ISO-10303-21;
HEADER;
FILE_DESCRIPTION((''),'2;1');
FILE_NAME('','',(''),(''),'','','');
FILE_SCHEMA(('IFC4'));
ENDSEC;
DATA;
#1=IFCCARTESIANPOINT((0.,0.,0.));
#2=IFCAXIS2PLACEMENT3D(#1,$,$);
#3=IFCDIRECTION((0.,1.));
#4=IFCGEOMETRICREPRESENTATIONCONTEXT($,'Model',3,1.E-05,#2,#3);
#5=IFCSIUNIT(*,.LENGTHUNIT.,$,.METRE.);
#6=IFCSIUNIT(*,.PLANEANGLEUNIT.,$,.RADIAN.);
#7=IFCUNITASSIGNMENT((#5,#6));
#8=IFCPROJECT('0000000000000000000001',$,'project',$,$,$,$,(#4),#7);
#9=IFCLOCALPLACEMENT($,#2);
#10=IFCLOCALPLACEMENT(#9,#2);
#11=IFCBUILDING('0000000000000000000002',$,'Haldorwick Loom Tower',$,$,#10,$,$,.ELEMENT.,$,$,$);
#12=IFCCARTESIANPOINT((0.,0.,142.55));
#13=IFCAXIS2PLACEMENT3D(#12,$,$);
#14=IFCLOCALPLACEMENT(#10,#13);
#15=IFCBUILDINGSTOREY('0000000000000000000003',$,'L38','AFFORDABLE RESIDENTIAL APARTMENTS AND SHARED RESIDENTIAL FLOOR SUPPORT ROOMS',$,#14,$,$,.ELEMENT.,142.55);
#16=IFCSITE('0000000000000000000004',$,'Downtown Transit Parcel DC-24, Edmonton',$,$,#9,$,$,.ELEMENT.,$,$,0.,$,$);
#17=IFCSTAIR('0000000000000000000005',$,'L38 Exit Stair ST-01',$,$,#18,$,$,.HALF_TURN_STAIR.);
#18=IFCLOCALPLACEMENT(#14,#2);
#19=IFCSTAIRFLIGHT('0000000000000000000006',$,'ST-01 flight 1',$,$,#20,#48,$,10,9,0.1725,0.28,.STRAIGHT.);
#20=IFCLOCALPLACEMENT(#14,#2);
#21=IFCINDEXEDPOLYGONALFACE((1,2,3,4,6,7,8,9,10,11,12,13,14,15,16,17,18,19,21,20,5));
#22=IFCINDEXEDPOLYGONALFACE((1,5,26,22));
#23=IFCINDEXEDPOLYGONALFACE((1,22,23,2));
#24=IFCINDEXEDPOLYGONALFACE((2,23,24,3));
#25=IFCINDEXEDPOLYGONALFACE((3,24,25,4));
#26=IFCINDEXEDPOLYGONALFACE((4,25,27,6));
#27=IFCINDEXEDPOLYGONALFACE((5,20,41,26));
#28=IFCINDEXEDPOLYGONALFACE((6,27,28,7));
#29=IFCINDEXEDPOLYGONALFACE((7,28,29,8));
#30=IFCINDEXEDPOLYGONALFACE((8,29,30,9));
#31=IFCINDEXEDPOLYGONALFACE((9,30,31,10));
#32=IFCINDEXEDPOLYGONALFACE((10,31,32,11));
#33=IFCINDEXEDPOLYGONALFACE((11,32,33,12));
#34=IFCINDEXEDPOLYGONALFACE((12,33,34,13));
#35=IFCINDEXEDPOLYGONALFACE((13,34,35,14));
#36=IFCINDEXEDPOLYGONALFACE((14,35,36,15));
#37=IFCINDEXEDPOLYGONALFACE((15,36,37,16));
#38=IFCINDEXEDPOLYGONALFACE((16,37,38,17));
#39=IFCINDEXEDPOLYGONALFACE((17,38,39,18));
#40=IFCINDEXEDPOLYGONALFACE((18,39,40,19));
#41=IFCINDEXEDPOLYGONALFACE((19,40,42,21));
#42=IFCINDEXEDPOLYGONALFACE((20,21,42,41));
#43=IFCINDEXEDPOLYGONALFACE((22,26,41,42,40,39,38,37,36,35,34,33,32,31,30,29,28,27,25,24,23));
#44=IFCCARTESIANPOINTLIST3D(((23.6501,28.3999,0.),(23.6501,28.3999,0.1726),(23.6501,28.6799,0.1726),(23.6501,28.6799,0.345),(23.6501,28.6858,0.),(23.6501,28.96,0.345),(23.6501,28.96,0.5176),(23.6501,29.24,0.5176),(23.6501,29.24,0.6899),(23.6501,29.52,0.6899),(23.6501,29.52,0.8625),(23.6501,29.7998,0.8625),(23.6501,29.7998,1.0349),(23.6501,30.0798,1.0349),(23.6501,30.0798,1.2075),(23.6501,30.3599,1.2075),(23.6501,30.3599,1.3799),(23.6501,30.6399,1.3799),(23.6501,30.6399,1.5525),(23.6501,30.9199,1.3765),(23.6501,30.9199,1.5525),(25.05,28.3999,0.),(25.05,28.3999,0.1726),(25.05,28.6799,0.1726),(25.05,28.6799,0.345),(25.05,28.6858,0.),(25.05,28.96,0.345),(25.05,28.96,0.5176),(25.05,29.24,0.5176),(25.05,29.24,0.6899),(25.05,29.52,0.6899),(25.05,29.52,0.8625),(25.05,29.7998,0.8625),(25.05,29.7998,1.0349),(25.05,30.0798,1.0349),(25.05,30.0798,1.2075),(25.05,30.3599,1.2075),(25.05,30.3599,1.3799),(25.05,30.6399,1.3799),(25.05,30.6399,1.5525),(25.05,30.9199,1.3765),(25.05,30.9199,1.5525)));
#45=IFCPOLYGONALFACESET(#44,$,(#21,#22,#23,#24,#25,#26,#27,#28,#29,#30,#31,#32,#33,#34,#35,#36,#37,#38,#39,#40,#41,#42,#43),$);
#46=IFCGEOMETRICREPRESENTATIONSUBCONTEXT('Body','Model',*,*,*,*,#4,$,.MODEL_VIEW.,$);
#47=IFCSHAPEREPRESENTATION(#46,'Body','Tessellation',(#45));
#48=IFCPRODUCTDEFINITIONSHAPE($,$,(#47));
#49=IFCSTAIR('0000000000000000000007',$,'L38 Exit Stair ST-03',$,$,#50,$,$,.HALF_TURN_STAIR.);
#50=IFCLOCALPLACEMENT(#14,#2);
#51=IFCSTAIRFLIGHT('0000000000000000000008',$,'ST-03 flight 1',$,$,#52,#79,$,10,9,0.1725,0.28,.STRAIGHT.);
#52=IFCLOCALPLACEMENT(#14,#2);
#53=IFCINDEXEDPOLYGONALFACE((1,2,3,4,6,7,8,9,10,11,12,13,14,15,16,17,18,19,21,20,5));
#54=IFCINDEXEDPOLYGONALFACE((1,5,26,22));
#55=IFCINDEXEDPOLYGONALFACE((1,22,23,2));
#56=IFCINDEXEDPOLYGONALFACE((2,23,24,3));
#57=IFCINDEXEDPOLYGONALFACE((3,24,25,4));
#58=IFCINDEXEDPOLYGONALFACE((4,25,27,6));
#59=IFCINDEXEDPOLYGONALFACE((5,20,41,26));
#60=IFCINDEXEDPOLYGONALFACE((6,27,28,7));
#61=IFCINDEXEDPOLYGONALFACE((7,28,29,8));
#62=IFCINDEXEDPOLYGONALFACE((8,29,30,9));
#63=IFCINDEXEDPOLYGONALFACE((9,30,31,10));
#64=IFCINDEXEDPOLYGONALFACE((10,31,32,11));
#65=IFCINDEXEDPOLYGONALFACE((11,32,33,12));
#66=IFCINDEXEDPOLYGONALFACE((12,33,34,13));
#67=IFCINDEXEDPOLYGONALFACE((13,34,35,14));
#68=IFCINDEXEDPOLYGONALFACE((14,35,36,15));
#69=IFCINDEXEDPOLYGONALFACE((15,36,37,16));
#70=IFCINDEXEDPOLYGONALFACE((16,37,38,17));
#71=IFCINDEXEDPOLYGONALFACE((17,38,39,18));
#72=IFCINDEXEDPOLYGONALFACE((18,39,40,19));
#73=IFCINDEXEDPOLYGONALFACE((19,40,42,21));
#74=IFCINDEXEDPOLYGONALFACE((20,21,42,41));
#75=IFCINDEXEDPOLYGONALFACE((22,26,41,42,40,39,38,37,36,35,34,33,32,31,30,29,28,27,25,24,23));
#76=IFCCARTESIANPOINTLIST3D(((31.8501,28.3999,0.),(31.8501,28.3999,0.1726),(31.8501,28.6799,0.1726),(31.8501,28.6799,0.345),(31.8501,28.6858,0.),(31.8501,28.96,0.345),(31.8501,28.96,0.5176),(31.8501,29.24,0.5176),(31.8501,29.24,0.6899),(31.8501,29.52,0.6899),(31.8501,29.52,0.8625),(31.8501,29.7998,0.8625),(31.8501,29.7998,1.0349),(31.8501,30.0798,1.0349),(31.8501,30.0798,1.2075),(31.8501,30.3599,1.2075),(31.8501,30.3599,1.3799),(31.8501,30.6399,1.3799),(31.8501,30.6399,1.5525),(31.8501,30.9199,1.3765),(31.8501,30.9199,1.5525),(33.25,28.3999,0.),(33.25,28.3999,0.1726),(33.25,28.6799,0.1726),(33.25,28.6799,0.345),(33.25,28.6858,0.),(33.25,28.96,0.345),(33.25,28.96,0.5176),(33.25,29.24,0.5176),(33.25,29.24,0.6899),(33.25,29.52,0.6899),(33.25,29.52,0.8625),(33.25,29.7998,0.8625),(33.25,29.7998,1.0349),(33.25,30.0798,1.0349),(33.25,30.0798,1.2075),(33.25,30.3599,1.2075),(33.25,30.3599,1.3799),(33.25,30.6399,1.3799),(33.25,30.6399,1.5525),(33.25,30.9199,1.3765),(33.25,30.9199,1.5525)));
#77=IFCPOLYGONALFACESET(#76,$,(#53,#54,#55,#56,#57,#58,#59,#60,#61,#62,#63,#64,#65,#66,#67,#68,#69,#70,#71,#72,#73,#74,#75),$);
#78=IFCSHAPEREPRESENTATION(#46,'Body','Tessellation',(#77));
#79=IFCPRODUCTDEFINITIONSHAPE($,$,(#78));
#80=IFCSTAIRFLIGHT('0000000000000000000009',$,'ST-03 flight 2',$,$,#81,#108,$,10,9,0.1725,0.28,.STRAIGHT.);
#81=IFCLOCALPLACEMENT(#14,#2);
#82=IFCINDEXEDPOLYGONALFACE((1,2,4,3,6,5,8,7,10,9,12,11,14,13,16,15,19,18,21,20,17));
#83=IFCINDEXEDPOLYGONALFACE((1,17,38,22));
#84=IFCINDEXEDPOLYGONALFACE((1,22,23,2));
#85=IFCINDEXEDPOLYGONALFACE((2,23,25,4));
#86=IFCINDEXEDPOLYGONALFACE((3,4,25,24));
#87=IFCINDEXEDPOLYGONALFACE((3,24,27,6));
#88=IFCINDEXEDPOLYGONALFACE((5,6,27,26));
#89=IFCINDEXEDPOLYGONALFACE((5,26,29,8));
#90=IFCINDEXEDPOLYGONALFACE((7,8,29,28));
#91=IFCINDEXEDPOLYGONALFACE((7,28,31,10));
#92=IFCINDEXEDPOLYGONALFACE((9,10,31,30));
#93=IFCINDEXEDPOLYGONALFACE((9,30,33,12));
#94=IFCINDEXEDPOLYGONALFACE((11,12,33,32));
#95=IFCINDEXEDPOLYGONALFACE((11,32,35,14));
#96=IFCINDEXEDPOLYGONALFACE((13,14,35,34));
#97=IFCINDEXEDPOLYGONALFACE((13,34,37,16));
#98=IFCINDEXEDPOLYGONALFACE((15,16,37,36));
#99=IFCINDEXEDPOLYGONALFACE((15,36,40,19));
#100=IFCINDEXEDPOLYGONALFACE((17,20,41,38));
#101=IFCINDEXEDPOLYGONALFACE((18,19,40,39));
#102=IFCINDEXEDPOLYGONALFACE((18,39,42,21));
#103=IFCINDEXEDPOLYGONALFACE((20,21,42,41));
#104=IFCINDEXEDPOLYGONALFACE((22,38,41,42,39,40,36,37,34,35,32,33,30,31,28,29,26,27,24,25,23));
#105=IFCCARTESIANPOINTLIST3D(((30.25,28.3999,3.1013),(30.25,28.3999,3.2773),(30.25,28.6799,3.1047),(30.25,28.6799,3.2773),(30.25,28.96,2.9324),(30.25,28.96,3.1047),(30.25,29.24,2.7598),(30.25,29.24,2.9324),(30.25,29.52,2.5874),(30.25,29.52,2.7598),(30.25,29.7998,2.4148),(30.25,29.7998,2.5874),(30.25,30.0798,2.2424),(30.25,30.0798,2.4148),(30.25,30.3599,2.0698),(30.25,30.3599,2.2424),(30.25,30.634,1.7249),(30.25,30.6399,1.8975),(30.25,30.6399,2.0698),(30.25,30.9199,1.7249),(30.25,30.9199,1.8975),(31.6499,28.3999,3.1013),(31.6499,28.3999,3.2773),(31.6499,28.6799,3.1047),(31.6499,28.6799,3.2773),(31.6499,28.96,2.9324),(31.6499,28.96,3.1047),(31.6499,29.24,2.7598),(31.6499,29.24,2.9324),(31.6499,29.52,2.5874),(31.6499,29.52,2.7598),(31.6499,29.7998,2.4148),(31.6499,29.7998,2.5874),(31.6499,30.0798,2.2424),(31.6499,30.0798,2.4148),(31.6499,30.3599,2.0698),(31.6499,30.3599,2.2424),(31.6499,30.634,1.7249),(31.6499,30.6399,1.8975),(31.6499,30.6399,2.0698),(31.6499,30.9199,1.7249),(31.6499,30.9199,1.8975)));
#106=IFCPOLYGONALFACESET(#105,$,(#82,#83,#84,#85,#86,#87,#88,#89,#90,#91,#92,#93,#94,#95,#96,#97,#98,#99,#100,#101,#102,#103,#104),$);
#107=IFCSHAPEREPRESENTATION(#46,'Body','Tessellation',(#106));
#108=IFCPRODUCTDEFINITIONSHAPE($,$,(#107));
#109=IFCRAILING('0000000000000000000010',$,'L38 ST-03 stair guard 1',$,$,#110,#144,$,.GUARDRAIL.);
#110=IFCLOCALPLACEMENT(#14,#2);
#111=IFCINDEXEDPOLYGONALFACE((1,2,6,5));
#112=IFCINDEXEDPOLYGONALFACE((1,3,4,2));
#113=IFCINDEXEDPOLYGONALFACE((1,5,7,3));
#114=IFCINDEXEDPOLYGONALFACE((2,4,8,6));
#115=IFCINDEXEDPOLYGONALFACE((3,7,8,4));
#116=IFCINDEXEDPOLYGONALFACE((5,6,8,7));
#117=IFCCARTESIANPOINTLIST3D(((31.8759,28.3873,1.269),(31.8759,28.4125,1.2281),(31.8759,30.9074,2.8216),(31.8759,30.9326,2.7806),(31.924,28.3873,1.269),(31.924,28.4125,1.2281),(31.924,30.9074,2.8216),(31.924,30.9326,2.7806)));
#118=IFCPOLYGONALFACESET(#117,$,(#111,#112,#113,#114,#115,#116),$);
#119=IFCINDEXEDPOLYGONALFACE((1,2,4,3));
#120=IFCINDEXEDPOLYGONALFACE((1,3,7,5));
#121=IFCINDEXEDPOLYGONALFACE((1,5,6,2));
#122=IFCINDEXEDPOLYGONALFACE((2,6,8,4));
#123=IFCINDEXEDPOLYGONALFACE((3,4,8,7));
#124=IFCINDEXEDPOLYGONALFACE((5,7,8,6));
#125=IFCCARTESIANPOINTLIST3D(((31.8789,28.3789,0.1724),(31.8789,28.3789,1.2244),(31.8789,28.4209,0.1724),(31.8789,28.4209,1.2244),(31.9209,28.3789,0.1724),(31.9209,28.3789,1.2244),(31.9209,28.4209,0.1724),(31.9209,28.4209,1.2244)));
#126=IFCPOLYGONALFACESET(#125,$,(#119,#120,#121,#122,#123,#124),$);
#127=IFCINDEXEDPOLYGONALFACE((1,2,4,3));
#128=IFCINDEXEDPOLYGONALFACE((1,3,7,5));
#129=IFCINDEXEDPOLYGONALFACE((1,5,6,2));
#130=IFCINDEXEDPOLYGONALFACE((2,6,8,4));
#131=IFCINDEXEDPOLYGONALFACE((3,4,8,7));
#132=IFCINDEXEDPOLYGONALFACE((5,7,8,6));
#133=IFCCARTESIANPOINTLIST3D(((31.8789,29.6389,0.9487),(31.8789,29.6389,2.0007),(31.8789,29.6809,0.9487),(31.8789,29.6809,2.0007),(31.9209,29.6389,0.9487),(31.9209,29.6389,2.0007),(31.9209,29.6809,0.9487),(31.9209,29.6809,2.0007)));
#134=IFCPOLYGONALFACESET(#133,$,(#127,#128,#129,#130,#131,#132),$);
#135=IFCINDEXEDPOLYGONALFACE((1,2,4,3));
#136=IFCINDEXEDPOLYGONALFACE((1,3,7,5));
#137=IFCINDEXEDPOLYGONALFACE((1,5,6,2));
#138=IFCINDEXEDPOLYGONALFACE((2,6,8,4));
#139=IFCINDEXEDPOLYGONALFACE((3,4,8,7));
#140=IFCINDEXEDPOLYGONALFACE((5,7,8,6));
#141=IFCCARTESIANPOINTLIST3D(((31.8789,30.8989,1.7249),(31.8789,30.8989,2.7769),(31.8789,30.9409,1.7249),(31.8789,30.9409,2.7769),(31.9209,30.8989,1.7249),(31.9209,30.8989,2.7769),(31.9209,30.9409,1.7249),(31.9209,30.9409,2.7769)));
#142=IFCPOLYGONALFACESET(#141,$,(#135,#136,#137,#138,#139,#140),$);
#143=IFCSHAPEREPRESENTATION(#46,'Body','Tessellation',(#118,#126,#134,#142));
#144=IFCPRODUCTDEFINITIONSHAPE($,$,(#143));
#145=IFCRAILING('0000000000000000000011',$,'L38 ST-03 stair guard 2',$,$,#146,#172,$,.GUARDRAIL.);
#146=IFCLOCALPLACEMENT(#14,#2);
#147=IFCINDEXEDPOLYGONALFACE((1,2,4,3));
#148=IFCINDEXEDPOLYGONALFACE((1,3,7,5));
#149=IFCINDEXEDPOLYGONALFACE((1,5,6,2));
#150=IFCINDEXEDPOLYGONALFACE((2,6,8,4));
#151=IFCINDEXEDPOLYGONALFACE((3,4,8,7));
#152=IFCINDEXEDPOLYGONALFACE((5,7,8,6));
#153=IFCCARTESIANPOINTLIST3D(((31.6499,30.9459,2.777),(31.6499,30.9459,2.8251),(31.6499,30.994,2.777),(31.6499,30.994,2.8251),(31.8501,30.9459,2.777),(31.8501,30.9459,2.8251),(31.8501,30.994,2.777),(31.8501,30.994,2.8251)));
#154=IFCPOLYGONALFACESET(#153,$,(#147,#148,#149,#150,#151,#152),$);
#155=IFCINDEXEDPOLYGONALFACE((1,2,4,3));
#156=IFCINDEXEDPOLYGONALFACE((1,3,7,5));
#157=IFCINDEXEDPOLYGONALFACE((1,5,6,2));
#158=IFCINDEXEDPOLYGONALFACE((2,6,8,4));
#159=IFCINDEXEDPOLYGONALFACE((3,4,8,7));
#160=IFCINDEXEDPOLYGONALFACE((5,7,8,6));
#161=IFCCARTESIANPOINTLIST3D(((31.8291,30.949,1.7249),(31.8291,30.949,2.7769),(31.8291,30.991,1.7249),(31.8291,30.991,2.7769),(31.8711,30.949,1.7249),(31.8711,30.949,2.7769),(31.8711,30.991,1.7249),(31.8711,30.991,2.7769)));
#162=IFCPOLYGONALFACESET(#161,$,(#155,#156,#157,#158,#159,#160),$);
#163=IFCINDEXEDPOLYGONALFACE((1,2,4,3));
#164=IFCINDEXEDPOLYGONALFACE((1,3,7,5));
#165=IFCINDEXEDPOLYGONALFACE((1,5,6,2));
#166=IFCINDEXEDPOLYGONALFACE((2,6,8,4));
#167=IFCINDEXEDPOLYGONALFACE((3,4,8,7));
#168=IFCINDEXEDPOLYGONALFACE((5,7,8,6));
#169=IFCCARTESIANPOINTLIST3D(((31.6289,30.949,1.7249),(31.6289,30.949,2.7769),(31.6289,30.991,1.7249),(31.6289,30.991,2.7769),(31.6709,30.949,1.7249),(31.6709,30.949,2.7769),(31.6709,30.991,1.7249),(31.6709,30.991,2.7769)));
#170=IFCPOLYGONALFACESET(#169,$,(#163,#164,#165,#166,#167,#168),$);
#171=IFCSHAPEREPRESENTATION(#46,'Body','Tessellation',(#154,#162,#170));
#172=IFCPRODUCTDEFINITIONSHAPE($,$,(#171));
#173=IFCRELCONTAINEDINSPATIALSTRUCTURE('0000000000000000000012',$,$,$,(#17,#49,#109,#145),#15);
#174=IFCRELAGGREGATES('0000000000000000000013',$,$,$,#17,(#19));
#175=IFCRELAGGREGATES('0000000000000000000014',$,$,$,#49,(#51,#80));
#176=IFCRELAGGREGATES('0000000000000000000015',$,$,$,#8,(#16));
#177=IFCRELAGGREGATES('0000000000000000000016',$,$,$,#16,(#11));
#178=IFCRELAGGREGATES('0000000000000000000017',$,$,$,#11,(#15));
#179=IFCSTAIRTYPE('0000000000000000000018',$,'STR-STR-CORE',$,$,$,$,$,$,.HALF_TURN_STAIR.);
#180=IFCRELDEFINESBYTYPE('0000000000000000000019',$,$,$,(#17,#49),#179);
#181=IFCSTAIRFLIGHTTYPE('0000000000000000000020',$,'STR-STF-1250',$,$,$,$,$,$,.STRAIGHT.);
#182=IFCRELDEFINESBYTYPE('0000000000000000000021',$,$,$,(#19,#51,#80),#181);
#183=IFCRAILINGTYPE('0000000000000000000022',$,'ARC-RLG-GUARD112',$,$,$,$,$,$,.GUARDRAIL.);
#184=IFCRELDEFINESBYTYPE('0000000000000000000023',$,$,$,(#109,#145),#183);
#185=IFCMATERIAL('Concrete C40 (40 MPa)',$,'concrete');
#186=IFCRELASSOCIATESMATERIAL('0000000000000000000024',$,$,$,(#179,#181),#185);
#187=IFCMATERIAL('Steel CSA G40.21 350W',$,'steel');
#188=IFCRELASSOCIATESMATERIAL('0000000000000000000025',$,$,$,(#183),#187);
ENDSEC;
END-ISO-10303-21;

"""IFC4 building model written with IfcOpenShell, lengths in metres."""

from ifc_helpers import new_model, si_unit, direction, frame, origin, origin_2d, place, context, subcontext, project, spatial, polyline, rectangle, outline, extrude, material, type_object, element, aggregate, save


model = new_model("IFC4")

# Units and contexts
model_context = context("Model", 3, precision=1e-05, world=origin(), true_north=direction((0.0, 1.0)))
body_context = subcontext(model_context, "Body", "Model", "MODEL_VIEW")
ifc_project = project(units=[si_unit("LENGTHUNIT", "METRE"), si_unit("PLANEANGLEUNIT", "RADIAN")], contexts=[model_context])

# Site, building, storey
site_placement = place(None, origin())
site = spatial("IfcSite", under=ifc_project, at=site_placement, Name="Downtown Transit Parcel DC-24, Edmonton", CompositionType="ELEMENT", RefElevation=0.0)
building_placement = place(site_placement, origin())
building = spatial("IfcBuilding", under=site, at=building_placement, Name="Haldorwick Loom Tower", CompositionType="ELEMENT")
storey_placement = place(building_placement, frame((0.0, 0.0, 142.55)))
storey = spatial("IfcBuildingStorey", under=building, at=storey_placement, Name="L38", Description="AFFORDABLE RESIDENTIAL APARTMENTS AND SHARED RESIDENTIAL FLOOR SUPPORT ROOMS", CompositionType="ELEMENT", Elevation=142.55)

# Shared definitions
ifc_material_1 = material(Name="Steel CSA G40.21 350W", Category="steel")

# Stair, stair flight
ifc_material_2 = material(Name="Concrete C40 (40 MPa)", Category="concrete")
stair_type = type_object("IfcStairType", Name="STR-STR-CORE", PredefinedType="HALF_TURN_STAIR", material=ifc_material_2)
stair_1_placement = place(storey_placement, origin())
stair_1 = element("IfcStair", 1, at=stair_1_placement, inside=storey, type_object=stair_type, Name="L38 Exit Stair ST-01", PredefinedType="HALF_TURN_STAIR")
stair_flight_type = type_object("IfcStairFlightType", Name="STR-STF-1250", PredefinedType="STRAIGHT", material=ifc_material_2)
stair_flight_1_placement = place(storey_placement, frame((24.3501, 28.3999, 0.0), z_axis=(0.0, 0.0, 1.0), x_axis=(0.0, 1.0, 0.0)))
stair_flight_1 = element("IfcStairFlight", 2, at=stair_flight_1_placement, type_object=stair_flight_type, Name="ST-01 flight 1", NumberOfRisers=10, NumberOfTreads=9, PredefinedType="STRAIGHT", RiserHeight=0.1725, TreadLength=0.28, context=body_context, shape_type="SweptSolid", body=[
    extrude(outline(polyline([(0.0, 0.0), (0.0, 0.1726), (0.28, 0.1726), (0.28, 0.345), (0.5601, 0.345), (0.5601, 0.5176), (0.8401, 0.5176), (0.8401, 0.6899), (1.1201, 0.6899), (1.1201, 0.8625), (1.3999, 0.8625), (1.3999, 1.0349), (1.6799, 1.0349), (1.6799, 1.2075), (1.96, 1.2075), (1.96, 1.3799), (2.24, 1.3799), (2.24, 1.5525), (2.52, 1.5525), (2.52, 1.7251), (2.52, 1.3765), (0.2859, 0.0), (0.0, 0.0)])), frame((0.0, 0.7, 0.0), z_axis=(0.0, -1.0, 0.0), x_axis=(1.0, 0.0, 0.0)), (0.0, 0.0, 1.0), 1.3999),
])
aggregate(stair_1, [stair_flight_1])

# Stair, stair flights
stair_2_placement = place(storey_placement, origin())
stair_2 = element("IfcStair", 3, at=stair_2_placement, inside=storey, type_object=stair_type, Name="L38 Exit Stair ST-03", PredefinedType="HALF_TURN_STAIR")
stair_flight_2_placement = place(storey_placement, frame((32.55, 28.3999, 0.0), z_axis=(0.0, 0.0, 1.0), x_axis=(0.0, 1.0, 0.0)))
stair_flight_2 = element("IfcStairFlight", 4, at=stair_flight_2_placement, type_object=stair_flight_type, Name="ST-03 flight 1", NumberOfRisers=10, NumberOfTreads=9, PredefinedType="STRAIGHT", RiserHeight=0.1725, TreadLength=0.28, context=body_context, shape_type="SweptSolid", body=[
    extrude(outline(polyline([(0.0, 0.0), (0.0, 0.1726), (0.28, 0.1726), (0.28, 0.345), (0.5601, 0.345), (0.5601, 0.5176), (0.8401, 0.5176), (0.8401, 0.6899), (1.1201, 0.6899), (1.1201, 0.8625), (1.3999, 0.8625), (1.3999, 1.0349), (1.6799, 1.0349), (1.6799, 1.2075), (1.96, 1.2075), (1.96, 1.3799), (2.24, 1.3799), (2.24, 1.5525), (2.52, 1.5525), (2.52, 1.7251), (2.52, 1.3765), (0.2859, 0.0), (0.0, 0.0)])), frame((0.0, 0.7, 0.0), z_axis=(0.0, -1.0, 0.0), x_axis=(1.0, 0.0, 0.0)), (0.0, 0.0, 1.0), 1.3999),
])
stair_flight_3_placement = place(storey_placement, frame((30.95, 30.9199, 1.7249), z_axis=(0.0, 0.0, 1.0), x_axis=(0.0, -1.0, 0.0)))
stair_flight_3 = element("IfcStairFlight", 5, at=stair_flight_3_placement, type_object=stair_flight_type, Name="ST-03 flight 2", NumberOfRisers=10, NumberOfTreads=9, PredefinedType="STRAIGHT", RiserHeight=0.1725, TreadLength=0.28, context=body_context, shape_type="SweptSolid", body=[
    extrude(outline(polyline([(0.0, 0.0), (0.0, 0.1726), (0.28, 0.1726), (0.28, 0.345), (0.5601, 0.345), (0.5601, 0.5176), (0.8401, 0.5176), (0.8401, 0.6899), (1.1201, 0.6899), (1.1201, 0.8625), (1.3999, 0.8625), (1.3999, 1.0349), (1.6799, 1.0349), (1.6799, 1.2075), (1.96, 1.2075), (1.96, 1.3799), (2.24, 1.3799), (2.24, 1.5525), (2.52, 1.5525), (2.52, 1.7251), (2.52, 1.3765), (0.2859, 0.0), (0.0, 0.0)])), frame((0.0, 0.7, 0.0), z_axis=(0.0, -1.0, 0.0), x_axis=(1.0, 0.0, 0.0)), (0.0, 0.0, 1.0), 1.3999),
])
aggregate(stair_2, [stair_flight_2, stair_flight_3])

# Railings
railing_type_1 = type_object("IfcRailingType", Name="ARC-RLG-GUARD112", PredefinedType="GUARDRAIL", material=ifc_material_1)
railing_1_placement = place(storey_placement, frame((31.8999, 28.3999, 0.1724)))
element("IfcRailing", 6, at=railing_1_placement, inside=storey, type_object=railing_type_1, Name="L38 ST-03 stair guard 1", PredefinedType="GUARDRAIL", context=body_context, shape_type="SweptSolid", body=[
    extrude(rectangle(XDim=0.0481, YDim=0.0481, at=origin_2d()), frame((0.0, 0.0, 1.0762), z_axis=(0.0, 0.8514, 0.524516), x_axis=(-1.0, 0.0, 0.0)), (0.0, 0.0, 1.0), 2.96),
    extrude(rectangle(XDim=0.042, YDim=0.042, at=origin_2d()), origin(), (0.0, 0.0, 1.0), 1.052),
    extrude(rectangle(XDim=0.042, YDim=0.042, at=origin_2d()), frame((0.0, 1.26, 0.7764)), (0.0, 0.0, 1.0), 1.052),
    extrude(rectangle(XDim=0.042, YDim=0.042, at=origin_2d()), frame((0.0, 2.52, 1.5525)), (0.0, 0.0, 1.0), 1.052),
])
railing_2_placement = place(storey_placement, frame((31.8501, 30.97, 1.7249)))
element("IfcRailing", 7, at=railing_2_placement, inside=storey, type_object=railing_type_1, Name="L38 ST-03 stair guard 2", PredefinedType="GUARDRAIL", context=body_context, shape_type="SweptSolid", body=[
    extrude(rectangle(XDim=0.0481, YDim=0.0481, at=origin_2d()), frame((0.0, 0.0, 1.0762), z_axis=(-1.0, 0.0, 0.0), x_axis=(0.0, -1.0, 0.0)), (0.0, 0.0, 1.0), 0.2002),
    extrude(rectangle(XDim=0.042, YDim=0.042, at=origin_2d()), origin(), (0.0, 0.0, 1.0), 1.052),
    extrude(rectangle(XDim=0.042, YDim=0.042, at=origin_2d()), frame((-0.2002, 0.0, 0.0)), (0.0, 0.0, 1.0), 1.052),
])

save(model, "model.ifc")
